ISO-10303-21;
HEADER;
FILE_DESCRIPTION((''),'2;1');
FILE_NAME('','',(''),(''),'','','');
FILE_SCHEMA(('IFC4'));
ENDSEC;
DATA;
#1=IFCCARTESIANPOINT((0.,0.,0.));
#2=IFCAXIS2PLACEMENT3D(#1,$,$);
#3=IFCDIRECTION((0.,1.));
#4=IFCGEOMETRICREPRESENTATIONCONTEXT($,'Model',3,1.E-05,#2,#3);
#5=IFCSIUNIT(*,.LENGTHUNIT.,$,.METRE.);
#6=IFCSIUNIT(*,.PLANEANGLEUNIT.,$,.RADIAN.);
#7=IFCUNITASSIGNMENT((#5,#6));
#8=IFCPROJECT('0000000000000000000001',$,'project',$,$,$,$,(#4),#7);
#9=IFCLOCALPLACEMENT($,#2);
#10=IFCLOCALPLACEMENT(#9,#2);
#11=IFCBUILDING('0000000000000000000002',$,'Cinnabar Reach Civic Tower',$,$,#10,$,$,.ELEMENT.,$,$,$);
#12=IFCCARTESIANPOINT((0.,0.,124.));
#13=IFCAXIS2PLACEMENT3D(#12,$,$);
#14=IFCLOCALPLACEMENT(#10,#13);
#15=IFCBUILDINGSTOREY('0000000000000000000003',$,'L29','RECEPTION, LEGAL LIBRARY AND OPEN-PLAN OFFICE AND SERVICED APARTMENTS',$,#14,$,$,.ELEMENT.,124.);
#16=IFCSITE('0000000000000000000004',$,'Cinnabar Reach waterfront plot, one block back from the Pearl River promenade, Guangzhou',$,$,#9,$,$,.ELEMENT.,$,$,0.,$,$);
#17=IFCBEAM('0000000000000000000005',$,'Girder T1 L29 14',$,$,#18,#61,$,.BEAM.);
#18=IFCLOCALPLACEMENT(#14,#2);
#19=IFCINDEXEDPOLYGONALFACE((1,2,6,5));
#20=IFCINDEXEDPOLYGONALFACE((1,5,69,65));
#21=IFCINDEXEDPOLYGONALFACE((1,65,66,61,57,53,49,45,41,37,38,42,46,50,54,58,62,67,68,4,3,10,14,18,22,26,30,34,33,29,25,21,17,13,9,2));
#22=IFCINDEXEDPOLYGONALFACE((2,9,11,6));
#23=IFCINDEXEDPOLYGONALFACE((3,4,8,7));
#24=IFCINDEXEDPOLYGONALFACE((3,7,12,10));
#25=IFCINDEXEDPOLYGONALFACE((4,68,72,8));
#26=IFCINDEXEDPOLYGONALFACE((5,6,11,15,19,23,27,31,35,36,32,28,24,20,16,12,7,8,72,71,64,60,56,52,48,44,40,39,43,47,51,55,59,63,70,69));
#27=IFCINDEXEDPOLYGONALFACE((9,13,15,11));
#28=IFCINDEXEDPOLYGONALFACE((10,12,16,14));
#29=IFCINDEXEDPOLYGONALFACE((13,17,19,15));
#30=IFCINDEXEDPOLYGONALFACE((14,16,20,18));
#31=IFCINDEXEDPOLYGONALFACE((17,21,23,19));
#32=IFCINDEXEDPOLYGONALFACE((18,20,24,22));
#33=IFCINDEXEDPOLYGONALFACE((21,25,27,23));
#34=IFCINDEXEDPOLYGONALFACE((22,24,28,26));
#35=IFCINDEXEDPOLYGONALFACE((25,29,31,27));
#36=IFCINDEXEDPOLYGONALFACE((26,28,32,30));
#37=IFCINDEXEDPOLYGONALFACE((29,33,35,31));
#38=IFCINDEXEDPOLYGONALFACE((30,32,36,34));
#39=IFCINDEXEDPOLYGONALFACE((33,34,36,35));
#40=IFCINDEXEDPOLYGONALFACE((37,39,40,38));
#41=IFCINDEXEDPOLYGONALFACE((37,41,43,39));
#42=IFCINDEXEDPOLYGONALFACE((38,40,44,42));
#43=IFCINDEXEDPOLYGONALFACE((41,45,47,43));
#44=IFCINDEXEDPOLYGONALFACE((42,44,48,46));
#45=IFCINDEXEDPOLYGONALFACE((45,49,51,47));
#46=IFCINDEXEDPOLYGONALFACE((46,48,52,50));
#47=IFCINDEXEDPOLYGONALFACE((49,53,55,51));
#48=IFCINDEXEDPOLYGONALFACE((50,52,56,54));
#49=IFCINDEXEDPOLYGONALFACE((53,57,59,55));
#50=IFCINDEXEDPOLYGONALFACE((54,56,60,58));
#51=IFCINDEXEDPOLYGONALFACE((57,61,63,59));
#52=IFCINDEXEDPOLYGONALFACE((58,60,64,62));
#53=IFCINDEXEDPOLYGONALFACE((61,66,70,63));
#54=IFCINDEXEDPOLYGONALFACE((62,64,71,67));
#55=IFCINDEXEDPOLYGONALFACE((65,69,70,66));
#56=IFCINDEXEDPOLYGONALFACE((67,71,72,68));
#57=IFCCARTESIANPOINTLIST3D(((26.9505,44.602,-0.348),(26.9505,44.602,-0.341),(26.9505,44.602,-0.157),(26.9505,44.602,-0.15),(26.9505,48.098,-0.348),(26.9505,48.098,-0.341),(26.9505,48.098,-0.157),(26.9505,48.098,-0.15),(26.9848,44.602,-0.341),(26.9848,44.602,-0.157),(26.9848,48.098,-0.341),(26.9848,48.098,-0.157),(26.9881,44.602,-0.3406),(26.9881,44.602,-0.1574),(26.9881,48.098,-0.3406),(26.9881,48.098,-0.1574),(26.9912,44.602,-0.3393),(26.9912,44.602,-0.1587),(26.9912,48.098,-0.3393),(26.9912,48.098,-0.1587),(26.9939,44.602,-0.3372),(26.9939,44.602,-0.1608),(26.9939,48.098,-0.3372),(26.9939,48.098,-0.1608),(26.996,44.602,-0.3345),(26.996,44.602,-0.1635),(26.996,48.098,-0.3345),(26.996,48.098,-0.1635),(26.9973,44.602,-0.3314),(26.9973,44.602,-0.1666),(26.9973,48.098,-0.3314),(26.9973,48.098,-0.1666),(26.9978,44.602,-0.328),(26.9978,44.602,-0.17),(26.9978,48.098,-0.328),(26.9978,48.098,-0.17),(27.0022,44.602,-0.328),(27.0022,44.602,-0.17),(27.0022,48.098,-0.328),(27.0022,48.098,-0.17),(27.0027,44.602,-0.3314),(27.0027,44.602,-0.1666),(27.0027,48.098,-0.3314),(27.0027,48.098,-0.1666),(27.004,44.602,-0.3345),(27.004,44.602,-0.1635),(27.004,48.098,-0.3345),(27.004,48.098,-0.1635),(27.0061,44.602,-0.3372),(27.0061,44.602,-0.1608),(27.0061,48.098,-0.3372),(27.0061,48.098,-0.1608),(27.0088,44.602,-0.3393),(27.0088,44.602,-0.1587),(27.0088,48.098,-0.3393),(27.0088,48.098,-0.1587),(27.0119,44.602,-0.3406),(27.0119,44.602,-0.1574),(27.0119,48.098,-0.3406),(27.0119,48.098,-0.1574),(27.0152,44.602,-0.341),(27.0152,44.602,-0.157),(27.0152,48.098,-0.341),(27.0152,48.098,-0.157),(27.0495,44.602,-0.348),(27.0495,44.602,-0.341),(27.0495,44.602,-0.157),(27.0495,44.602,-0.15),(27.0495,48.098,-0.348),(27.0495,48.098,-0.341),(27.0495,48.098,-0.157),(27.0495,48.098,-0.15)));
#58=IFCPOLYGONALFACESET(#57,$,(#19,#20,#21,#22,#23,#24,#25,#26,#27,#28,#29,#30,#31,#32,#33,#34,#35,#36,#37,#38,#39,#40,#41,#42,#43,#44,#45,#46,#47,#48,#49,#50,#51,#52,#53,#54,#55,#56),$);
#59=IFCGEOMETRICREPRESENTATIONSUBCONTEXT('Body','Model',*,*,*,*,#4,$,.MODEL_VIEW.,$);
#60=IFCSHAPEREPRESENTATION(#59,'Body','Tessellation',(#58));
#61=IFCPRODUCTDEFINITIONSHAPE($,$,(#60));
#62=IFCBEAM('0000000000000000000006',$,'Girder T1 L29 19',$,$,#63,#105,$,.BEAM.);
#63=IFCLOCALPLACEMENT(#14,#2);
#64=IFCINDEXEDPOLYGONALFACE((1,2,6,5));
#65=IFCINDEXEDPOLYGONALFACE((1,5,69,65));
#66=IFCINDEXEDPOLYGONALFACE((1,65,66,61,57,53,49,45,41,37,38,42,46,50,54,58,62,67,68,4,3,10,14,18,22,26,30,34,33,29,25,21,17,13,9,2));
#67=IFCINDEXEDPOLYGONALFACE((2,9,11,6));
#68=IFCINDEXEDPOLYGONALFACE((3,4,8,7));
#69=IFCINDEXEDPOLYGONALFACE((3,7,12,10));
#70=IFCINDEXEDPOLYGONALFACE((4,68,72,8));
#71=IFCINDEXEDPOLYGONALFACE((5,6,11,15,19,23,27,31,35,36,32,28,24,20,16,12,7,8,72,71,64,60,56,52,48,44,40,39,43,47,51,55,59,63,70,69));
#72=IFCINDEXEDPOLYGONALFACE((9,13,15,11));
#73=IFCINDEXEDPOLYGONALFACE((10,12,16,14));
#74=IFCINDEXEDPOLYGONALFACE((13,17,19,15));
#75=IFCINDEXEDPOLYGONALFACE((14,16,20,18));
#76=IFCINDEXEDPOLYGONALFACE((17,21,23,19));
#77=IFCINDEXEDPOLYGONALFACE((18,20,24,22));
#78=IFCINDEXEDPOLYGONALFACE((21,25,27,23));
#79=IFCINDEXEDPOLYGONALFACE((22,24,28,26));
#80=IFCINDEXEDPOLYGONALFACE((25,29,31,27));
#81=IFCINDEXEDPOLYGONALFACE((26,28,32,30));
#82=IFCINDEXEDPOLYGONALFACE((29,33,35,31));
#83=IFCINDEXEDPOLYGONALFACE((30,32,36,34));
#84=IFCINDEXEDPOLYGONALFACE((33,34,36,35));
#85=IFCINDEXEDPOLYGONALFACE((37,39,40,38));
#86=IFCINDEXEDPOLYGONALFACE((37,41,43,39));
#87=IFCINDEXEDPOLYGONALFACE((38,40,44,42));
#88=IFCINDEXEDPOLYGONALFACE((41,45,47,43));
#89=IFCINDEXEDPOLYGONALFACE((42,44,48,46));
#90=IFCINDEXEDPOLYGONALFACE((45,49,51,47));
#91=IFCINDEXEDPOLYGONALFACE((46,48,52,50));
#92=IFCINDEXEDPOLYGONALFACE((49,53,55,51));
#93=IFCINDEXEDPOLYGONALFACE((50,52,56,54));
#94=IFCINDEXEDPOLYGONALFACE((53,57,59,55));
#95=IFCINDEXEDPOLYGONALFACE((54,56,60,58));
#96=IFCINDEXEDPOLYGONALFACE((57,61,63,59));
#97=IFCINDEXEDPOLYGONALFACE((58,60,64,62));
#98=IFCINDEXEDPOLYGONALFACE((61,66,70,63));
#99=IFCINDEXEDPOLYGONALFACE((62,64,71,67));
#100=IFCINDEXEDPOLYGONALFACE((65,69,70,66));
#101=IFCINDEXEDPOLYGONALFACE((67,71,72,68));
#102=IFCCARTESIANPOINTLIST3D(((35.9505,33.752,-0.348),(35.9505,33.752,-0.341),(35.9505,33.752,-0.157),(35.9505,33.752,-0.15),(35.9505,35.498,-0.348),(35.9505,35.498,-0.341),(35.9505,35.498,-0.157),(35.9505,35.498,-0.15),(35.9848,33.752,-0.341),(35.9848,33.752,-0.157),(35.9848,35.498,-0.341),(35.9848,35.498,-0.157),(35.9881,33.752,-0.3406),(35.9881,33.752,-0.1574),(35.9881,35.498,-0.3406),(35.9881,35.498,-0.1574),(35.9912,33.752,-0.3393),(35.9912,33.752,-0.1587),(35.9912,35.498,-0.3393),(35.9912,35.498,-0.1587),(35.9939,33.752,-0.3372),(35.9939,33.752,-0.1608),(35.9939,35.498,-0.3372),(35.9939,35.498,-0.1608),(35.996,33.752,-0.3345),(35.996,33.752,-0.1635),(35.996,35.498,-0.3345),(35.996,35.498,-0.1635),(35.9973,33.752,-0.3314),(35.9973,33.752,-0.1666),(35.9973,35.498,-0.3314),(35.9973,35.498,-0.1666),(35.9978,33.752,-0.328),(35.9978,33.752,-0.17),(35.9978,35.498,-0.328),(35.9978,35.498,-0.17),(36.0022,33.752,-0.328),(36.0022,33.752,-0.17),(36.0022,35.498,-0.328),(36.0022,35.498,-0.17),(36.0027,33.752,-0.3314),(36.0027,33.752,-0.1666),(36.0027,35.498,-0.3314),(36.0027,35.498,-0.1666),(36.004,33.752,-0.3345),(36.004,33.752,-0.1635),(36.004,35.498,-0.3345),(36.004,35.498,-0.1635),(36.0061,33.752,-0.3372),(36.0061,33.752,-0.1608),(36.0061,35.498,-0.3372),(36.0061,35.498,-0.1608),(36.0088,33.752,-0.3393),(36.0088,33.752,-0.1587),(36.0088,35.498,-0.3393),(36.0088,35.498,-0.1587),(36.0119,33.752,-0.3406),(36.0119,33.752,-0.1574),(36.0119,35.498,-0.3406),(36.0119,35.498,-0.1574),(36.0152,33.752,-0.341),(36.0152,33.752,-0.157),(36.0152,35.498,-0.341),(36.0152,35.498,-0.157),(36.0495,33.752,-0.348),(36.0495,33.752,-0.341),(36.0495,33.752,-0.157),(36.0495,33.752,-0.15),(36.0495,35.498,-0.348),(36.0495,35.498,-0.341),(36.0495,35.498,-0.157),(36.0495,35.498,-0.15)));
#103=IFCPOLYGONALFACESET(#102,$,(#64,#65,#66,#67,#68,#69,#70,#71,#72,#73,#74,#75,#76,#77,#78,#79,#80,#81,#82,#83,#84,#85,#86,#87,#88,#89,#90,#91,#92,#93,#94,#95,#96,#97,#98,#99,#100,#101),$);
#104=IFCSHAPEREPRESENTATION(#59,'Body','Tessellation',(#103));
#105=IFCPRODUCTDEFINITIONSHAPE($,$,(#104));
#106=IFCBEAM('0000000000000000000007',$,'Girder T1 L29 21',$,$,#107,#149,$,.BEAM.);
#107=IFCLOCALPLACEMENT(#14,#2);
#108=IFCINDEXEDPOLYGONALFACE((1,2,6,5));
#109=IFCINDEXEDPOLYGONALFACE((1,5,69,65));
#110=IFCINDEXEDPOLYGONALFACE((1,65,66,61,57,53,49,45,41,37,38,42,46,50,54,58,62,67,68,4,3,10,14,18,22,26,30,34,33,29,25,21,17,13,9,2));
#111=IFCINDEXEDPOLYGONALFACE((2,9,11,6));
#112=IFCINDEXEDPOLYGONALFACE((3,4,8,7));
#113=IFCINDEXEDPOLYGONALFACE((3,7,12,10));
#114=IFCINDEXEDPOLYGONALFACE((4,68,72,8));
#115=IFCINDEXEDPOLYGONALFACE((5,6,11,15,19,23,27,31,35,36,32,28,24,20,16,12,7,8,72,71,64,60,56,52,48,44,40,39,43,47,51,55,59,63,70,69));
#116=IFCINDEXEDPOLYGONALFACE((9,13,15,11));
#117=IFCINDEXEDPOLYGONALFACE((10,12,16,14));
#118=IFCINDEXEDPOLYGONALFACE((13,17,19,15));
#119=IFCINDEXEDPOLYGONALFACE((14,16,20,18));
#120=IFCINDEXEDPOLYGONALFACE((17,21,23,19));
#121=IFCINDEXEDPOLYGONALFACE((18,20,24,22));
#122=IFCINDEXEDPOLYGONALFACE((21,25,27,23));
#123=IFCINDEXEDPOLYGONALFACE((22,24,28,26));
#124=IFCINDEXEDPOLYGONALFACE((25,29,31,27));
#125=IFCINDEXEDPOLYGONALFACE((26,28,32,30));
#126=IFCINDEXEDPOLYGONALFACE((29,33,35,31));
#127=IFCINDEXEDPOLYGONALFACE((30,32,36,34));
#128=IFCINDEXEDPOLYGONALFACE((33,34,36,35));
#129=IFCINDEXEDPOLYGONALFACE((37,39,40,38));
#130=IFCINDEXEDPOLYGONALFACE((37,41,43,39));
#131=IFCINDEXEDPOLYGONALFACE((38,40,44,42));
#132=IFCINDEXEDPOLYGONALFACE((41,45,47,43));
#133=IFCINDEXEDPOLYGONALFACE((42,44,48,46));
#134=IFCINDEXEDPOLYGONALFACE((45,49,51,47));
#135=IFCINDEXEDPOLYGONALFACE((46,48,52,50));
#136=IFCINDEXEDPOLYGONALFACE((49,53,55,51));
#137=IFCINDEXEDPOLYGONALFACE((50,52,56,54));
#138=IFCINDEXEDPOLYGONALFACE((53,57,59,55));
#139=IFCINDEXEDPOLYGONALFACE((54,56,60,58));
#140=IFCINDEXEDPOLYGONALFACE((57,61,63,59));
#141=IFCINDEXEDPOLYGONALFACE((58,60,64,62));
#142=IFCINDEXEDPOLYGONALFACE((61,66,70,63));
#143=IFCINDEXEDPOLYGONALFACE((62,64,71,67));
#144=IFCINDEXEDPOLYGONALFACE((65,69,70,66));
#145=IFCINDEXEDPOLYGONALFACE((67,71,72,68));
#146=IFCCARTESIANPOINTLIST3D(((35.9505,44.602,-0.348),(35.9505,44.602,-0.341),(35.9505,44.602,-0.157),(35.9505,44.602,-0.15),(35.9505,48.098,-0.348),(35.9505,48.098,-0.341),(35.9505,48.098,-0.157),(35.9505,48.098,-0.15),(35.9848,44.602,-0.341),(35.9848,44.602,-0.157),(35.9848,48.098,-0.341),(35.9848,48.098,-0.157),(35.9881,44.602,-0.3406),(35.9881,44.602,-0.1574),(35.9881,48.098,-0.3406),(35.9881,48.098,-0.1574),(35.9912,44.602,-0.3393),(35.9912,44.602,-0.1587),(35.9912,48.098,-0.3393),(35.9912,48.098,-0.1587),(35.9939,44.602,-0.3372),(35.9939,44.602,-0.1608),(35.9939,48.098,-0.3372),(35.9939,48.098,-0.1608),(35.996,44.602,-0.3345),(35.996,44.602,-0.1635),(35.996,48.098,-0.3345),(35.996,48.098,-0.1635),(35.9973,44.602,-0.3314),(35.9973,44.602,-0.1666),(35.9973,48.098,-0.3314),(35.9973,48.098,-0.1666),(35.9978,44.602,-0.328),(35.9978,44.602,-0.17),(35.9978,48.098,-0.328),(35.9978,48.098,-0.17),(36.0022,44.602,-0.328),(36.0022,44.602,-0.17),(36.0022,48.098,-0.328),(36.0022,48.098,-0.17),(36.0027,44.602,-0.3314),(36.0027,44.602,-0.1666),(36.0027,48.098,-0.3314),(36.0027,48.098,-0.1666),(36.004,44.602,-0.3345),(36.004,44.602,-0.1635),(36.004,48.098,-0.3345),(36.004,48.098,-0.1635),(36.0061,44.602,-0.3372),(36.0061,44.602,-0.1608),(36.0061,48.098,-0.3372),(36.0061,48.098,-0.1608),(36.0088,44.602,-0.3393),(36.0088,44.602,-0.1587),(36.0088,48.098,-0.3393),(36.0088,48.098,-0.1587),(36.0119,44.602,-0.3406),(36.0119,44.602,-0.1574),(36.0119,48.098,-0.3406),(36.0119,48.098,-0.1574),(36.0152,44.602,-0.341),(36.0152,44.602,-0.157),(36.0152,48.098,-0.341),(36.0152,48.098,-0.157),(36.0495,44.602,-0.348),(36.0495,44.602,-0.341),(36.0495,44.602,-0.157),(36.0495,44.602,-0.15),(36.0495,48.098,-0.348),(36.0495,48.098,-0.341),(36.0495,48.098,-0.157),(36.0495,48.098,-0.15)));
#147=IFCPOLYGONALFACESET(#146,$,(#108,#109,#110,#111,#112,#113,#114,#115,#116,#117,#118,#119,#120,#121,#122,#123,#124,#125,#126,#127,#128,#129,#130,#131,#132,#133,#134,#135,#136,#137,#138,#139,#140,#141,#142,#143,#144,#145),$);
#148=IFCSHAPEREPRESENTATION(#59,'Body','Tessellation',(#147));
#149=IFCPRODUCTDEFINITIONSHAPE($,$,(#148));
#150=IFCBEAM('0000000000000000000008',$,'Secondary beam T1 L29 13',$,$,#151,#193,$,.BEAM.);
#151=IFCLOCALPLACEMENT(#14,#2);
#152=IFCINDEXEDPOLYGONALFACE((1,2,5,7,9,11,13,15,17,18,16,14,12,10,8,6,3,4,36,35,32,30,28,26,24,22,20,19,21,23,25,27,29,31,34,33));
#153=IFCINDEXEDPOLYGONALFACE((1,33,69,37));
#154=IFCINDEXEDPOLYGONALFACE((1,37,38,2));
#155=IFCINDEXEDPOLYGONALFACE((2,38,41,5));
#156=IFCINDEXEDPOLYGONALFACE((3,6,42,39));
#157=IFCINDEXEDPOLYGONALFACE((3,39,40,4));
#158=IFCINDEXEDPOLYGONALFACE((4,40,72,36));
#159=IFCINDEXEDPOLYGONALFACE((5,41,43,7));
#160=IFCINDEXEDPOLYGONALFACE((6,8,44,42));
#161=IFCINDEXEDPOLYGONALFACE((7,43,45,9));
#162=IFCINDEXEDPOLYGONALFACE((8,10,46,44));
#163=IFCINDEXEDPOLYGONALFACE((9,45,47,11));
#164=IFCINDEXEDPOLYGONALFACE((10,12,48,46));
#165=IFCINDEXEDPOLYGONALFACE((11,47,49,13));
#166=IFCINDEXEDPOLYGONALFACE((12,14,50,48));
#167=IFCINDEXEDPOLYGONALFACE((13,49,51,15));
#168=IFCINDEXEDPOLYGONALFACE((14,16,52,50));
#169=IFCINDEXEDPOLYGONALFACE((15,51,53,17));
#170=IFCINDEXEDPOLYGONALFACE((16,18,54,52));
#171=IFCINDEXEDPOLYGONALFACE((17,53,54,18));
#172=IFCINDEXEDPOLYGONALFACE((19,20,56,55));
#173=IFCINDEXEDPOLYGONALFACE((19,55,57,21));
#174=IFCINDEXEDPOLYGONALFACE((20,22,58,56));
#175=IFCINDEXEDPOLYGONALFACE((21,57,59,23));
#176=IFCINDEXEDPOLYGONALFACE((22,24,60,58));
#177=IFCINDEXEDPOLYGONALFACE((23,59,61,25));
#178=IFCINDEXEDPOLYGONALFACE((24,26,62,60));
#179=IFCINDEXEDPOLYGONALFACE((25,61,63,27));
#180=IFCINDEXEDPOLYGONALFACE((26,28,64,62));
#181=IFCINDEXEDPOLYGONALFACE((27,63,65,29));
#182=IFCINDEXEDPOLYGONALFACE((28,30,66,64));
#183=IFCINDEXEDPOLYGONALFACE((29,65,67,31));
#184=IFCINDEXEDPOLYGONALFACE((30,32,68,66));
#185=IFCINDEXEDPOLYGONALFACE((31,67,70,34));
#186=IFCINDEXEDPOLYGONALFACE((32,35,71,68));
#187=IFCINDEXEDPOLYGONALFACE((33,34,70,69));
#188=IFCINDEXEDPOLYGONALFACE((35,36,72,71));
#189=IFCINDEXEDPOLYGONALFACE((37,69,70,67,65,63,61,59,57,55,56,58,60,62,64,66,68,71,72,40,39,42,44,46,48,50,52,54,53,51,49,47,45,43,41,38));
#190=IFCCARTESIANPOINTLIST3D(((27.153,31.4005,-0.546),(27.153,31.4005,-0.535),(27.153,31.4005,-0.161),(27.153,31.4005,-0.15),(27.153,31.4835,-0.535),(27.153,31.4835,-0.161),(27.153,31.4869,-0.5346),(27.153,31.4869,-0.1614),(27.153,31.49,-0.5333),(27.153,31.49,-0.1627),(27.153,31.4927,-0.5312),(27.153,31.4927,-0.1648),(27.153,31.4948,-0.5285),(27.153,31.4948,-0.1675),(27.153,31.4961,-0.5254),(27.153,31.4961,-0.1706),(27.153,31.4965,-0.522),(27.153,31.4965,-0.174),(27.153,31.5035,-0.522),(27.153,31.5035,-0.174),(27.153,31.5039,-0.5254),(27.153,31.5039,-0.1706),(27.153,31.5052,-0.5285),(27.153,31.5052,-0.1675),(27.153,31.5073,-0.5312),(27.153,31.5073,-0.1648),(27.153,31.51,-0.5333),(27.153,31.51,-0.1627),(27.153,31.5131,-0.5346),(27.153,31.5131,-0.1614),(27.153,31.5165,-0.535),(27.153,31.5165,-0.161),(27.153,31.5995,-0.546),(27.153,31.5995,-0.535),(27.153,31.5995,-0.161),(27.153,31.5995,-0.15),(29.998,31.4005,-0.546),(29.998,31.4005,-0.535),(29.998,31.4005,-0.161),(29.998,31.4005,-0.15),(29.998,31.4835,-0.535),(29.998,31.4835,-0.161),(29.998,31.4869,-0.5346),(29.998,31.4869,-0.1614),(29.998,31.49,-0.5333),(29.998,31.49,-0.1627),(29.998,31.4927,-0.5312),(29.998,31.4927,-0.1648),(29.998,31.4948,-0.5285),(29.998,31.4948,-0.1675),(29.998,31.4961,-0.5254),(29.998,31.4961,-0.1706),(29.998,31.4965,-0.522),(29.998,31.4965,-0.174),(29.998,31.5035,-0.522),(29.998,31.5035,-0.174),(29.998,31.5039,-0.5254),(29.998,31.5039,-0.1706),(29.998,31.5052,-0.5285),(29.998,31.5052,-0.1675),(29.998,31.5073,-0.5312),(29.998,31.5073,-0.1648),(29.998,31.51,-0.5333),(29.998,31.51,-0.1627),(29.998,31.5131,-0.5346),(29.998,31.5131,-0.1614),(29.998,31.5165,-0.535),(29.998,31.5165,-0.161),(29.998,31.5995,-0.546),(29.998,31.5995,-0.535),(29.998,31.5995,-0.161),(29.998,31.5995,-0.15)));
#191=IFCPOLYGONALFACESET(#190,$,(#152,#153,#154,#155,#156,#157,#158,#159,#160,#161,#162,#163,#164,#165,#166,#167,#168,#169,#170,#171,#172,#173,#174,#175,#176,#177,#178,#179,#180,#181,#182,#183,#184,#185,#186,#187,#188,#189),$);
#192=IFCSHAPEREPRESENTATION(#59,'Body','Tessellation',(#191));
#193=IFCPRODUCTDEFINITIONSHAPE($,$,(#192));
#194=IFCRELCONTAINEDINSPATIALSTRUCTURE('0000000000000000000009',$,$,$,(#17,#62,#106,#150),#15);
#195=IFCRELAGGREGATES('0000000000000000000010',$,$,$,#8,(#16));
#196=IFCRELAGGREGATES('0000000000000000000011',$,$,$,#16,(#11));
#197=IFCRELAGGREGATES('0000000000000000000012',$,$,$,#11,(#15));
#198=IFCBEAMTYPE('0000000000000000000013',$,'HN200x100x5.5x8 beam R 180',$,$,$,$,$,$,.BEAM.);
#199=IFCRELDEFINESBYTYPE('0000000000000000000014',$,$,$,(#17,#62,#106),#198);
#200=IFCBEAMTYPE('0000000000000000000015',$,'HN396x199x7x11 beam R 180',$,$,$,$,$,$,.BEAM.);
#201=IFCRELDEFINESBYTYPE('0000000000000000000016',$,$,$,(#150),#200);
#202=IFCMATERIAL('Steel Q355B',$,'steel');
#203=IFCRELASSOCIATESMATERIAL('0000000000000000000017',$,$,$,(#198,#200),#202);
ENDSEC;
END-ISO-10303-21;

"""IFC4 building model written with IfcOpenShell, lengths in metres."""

from ifc_helpers import new_model, si_unit, direction, frame, origin, origin_2d, place, context, subcontext, project, spatial, i_section, extrude, material, material_profile, profile_set, type_object, element, save


model = new_model("IFC4")

# Units and contexts
model_context = context("Model", 3, precision=1e-05, world=origin(), true_north=direction((0.0, 1.0)))
body_context = subcontext(model_context, "Body", "Model", "MODEL_VIEW")
ifc_project = project(units=[si_unit("LENGTHUNIT", "METRE"), si_unit("PLANEANGLEUNIT", "RADIAN")], contexts=[model_context])

# Site, building, storey
site_placement = place(None, origin())
site = spatial("IfcSite", under=ifc_project, at=site_placement, Name="Cinnabar Reach waterfront plot, one block back from the Pearl River promenade, Guangzhou", CompositionType="ELEMENT", RefElevation=0.0)
building_placement = place(site_placement, origin())
building = spatial("IfcBuilding", under=site, at=building_placement, Name="Cinnabar Reach Civic Tower", CompositionType="ELEMENT")
storey_placement = place(building_placement, frame((0.0, 0.0, 124.0)))
storey = spatial("IfcBuildingStorey", under=building, at=storey_placement, Name="L29", Description="RECEPTION, LEGAL LIBRARY AND OPEN-PLAN OFFICE AND SERVICED APARTMENTS", CompositionType="ELEMENT", Elevation=124.0)

# Beams
ifc_material_1 = material(Name="Steel Q355B", Category="steel")
ifc_material_profile_1 = material_profile(ifc_material_1, i_section(OverallWidth=0.099, OverallDepth=0.198, WebThickness=0.0045, FlangeThickness=0.007, FilletRadius=0.013, at=origin_2d()), Name="HN200x100x5.5x8")
ifc_profile_set_1 = profile_set([ifc_material_profile_1], Name="Steel Q355B")
beam_type_1 = type_object("IfcBeamType", Name="HN200x100x5.5x8 beam R 180", PredefinedType="BEAM", material=ifc_profile_set_1)
beam_1_placement = place(storey_placement, frame((27.0, 44.602, -0.249), z_axis=(0.0, 1.0, 0.0), x_axis=(-1.0, 0.0, 0.0)))
element("IfcBeam", 1, at=beam_1_placement, inside=storey, type_object=beam_type_1, Name="Girder T1 L29 14", PredefinedType="BEAM", context=body_context, shape_type="SweptSolid", body=[
    extrude(i_section(OverallWidth=0.099, OverallDepth=0.198, WebThickness=0.0045, FlangeThickness=0.007, FilletRadius=0.013, at=origin_2d()), origin(), (0.0, 0.0, 1.0), 3.496),
])
beam_2_placement = place(storey_placement, frame((36.0, 33.752, -0.249), z_axis=(0.0, 1.0, 0.0), x_axis=(-1.0, 0.0, 0.0)))
element("IfcBeam", 2, at=beam_2_placement, inside=storey, type_object=beam_type_1, Name="Girder T1 L29 19", PredefinedType="BEAM", context=body_context, shape_type="SweptSolid", body=[
    extrude(i_section(OverallWidth=0.099, OverallDepth=0.198, WebThickness=0.0045, FlangeThickness=0.007, FilletRadius=0.013, at=origin_2d()), origin(), (0.0, 0.0, 1.0), 1.746),
])
beam_3_placement = place(storey_placement, frame((36.0, 44.602, -0.249), z_axis=(0.0, 1.0, 0.0), x_axis=(-1.0, 0.0, 0.0)))
element("IfcBeam", 3, at=beam_3_placement, inside=storey, type_object=beam_type_1, Name="Girder T1 L29 21", PredefinedType="BEAM", context=body_context, shape_type="SweptSolid", body=[
    extrude(i_section(OverallWidth=0.099, OverallDepth=0.198, WebThickness=0.0045, FlangeThickness=0.007, FilletRadius=0.013, at=origin_2d()), origin(), (0.0, 0.0, 1.0), 3.496),
])
ifc_material_profile_2 = material_profile(ifc_material_1, i_section(OverallWidth=0.199, OverallDepth=0.396, WebThickness=0.007, FlangeThickness=0.011, FilletRadius=0.013, at=origin_2d()), Name="HN396x199x7x11")
ifc_profile_set_2 = profile_set([ifc_material_profile_2], Name="Steel Q355B")
beam_type_2 = type_object("IfcBeamType", Name="HN396x199x7x11 beam R 180", PredefinedType="BEAM", material=ifc_profile_set_2)
beam_4_placement = place(storey_placement, frame((27.153, 31.5, -0.348), z_axis=(1.0, 0.0, 0.0), x_axis=(0.0, 1.0, 0.0)))
element("IfcBeam", 4, at=beam_4_placement, inside=storey, type_object=beam_type_2, Name="Secondary beam T1 L29 13", PredefinedType="BEAM", context=body_context, shape_type="SweptSolid", body=[
    extrude(i_section(OverallWidth=0.199, OverallDepth=0.396, WebThickness=0.007, FlangeThickness=0.011, FilletRadius=0.013, at=origin_2d()), origin(), (0.0, 0.0, 1.0), 2.845),
])

save(model, "model.ifc")
